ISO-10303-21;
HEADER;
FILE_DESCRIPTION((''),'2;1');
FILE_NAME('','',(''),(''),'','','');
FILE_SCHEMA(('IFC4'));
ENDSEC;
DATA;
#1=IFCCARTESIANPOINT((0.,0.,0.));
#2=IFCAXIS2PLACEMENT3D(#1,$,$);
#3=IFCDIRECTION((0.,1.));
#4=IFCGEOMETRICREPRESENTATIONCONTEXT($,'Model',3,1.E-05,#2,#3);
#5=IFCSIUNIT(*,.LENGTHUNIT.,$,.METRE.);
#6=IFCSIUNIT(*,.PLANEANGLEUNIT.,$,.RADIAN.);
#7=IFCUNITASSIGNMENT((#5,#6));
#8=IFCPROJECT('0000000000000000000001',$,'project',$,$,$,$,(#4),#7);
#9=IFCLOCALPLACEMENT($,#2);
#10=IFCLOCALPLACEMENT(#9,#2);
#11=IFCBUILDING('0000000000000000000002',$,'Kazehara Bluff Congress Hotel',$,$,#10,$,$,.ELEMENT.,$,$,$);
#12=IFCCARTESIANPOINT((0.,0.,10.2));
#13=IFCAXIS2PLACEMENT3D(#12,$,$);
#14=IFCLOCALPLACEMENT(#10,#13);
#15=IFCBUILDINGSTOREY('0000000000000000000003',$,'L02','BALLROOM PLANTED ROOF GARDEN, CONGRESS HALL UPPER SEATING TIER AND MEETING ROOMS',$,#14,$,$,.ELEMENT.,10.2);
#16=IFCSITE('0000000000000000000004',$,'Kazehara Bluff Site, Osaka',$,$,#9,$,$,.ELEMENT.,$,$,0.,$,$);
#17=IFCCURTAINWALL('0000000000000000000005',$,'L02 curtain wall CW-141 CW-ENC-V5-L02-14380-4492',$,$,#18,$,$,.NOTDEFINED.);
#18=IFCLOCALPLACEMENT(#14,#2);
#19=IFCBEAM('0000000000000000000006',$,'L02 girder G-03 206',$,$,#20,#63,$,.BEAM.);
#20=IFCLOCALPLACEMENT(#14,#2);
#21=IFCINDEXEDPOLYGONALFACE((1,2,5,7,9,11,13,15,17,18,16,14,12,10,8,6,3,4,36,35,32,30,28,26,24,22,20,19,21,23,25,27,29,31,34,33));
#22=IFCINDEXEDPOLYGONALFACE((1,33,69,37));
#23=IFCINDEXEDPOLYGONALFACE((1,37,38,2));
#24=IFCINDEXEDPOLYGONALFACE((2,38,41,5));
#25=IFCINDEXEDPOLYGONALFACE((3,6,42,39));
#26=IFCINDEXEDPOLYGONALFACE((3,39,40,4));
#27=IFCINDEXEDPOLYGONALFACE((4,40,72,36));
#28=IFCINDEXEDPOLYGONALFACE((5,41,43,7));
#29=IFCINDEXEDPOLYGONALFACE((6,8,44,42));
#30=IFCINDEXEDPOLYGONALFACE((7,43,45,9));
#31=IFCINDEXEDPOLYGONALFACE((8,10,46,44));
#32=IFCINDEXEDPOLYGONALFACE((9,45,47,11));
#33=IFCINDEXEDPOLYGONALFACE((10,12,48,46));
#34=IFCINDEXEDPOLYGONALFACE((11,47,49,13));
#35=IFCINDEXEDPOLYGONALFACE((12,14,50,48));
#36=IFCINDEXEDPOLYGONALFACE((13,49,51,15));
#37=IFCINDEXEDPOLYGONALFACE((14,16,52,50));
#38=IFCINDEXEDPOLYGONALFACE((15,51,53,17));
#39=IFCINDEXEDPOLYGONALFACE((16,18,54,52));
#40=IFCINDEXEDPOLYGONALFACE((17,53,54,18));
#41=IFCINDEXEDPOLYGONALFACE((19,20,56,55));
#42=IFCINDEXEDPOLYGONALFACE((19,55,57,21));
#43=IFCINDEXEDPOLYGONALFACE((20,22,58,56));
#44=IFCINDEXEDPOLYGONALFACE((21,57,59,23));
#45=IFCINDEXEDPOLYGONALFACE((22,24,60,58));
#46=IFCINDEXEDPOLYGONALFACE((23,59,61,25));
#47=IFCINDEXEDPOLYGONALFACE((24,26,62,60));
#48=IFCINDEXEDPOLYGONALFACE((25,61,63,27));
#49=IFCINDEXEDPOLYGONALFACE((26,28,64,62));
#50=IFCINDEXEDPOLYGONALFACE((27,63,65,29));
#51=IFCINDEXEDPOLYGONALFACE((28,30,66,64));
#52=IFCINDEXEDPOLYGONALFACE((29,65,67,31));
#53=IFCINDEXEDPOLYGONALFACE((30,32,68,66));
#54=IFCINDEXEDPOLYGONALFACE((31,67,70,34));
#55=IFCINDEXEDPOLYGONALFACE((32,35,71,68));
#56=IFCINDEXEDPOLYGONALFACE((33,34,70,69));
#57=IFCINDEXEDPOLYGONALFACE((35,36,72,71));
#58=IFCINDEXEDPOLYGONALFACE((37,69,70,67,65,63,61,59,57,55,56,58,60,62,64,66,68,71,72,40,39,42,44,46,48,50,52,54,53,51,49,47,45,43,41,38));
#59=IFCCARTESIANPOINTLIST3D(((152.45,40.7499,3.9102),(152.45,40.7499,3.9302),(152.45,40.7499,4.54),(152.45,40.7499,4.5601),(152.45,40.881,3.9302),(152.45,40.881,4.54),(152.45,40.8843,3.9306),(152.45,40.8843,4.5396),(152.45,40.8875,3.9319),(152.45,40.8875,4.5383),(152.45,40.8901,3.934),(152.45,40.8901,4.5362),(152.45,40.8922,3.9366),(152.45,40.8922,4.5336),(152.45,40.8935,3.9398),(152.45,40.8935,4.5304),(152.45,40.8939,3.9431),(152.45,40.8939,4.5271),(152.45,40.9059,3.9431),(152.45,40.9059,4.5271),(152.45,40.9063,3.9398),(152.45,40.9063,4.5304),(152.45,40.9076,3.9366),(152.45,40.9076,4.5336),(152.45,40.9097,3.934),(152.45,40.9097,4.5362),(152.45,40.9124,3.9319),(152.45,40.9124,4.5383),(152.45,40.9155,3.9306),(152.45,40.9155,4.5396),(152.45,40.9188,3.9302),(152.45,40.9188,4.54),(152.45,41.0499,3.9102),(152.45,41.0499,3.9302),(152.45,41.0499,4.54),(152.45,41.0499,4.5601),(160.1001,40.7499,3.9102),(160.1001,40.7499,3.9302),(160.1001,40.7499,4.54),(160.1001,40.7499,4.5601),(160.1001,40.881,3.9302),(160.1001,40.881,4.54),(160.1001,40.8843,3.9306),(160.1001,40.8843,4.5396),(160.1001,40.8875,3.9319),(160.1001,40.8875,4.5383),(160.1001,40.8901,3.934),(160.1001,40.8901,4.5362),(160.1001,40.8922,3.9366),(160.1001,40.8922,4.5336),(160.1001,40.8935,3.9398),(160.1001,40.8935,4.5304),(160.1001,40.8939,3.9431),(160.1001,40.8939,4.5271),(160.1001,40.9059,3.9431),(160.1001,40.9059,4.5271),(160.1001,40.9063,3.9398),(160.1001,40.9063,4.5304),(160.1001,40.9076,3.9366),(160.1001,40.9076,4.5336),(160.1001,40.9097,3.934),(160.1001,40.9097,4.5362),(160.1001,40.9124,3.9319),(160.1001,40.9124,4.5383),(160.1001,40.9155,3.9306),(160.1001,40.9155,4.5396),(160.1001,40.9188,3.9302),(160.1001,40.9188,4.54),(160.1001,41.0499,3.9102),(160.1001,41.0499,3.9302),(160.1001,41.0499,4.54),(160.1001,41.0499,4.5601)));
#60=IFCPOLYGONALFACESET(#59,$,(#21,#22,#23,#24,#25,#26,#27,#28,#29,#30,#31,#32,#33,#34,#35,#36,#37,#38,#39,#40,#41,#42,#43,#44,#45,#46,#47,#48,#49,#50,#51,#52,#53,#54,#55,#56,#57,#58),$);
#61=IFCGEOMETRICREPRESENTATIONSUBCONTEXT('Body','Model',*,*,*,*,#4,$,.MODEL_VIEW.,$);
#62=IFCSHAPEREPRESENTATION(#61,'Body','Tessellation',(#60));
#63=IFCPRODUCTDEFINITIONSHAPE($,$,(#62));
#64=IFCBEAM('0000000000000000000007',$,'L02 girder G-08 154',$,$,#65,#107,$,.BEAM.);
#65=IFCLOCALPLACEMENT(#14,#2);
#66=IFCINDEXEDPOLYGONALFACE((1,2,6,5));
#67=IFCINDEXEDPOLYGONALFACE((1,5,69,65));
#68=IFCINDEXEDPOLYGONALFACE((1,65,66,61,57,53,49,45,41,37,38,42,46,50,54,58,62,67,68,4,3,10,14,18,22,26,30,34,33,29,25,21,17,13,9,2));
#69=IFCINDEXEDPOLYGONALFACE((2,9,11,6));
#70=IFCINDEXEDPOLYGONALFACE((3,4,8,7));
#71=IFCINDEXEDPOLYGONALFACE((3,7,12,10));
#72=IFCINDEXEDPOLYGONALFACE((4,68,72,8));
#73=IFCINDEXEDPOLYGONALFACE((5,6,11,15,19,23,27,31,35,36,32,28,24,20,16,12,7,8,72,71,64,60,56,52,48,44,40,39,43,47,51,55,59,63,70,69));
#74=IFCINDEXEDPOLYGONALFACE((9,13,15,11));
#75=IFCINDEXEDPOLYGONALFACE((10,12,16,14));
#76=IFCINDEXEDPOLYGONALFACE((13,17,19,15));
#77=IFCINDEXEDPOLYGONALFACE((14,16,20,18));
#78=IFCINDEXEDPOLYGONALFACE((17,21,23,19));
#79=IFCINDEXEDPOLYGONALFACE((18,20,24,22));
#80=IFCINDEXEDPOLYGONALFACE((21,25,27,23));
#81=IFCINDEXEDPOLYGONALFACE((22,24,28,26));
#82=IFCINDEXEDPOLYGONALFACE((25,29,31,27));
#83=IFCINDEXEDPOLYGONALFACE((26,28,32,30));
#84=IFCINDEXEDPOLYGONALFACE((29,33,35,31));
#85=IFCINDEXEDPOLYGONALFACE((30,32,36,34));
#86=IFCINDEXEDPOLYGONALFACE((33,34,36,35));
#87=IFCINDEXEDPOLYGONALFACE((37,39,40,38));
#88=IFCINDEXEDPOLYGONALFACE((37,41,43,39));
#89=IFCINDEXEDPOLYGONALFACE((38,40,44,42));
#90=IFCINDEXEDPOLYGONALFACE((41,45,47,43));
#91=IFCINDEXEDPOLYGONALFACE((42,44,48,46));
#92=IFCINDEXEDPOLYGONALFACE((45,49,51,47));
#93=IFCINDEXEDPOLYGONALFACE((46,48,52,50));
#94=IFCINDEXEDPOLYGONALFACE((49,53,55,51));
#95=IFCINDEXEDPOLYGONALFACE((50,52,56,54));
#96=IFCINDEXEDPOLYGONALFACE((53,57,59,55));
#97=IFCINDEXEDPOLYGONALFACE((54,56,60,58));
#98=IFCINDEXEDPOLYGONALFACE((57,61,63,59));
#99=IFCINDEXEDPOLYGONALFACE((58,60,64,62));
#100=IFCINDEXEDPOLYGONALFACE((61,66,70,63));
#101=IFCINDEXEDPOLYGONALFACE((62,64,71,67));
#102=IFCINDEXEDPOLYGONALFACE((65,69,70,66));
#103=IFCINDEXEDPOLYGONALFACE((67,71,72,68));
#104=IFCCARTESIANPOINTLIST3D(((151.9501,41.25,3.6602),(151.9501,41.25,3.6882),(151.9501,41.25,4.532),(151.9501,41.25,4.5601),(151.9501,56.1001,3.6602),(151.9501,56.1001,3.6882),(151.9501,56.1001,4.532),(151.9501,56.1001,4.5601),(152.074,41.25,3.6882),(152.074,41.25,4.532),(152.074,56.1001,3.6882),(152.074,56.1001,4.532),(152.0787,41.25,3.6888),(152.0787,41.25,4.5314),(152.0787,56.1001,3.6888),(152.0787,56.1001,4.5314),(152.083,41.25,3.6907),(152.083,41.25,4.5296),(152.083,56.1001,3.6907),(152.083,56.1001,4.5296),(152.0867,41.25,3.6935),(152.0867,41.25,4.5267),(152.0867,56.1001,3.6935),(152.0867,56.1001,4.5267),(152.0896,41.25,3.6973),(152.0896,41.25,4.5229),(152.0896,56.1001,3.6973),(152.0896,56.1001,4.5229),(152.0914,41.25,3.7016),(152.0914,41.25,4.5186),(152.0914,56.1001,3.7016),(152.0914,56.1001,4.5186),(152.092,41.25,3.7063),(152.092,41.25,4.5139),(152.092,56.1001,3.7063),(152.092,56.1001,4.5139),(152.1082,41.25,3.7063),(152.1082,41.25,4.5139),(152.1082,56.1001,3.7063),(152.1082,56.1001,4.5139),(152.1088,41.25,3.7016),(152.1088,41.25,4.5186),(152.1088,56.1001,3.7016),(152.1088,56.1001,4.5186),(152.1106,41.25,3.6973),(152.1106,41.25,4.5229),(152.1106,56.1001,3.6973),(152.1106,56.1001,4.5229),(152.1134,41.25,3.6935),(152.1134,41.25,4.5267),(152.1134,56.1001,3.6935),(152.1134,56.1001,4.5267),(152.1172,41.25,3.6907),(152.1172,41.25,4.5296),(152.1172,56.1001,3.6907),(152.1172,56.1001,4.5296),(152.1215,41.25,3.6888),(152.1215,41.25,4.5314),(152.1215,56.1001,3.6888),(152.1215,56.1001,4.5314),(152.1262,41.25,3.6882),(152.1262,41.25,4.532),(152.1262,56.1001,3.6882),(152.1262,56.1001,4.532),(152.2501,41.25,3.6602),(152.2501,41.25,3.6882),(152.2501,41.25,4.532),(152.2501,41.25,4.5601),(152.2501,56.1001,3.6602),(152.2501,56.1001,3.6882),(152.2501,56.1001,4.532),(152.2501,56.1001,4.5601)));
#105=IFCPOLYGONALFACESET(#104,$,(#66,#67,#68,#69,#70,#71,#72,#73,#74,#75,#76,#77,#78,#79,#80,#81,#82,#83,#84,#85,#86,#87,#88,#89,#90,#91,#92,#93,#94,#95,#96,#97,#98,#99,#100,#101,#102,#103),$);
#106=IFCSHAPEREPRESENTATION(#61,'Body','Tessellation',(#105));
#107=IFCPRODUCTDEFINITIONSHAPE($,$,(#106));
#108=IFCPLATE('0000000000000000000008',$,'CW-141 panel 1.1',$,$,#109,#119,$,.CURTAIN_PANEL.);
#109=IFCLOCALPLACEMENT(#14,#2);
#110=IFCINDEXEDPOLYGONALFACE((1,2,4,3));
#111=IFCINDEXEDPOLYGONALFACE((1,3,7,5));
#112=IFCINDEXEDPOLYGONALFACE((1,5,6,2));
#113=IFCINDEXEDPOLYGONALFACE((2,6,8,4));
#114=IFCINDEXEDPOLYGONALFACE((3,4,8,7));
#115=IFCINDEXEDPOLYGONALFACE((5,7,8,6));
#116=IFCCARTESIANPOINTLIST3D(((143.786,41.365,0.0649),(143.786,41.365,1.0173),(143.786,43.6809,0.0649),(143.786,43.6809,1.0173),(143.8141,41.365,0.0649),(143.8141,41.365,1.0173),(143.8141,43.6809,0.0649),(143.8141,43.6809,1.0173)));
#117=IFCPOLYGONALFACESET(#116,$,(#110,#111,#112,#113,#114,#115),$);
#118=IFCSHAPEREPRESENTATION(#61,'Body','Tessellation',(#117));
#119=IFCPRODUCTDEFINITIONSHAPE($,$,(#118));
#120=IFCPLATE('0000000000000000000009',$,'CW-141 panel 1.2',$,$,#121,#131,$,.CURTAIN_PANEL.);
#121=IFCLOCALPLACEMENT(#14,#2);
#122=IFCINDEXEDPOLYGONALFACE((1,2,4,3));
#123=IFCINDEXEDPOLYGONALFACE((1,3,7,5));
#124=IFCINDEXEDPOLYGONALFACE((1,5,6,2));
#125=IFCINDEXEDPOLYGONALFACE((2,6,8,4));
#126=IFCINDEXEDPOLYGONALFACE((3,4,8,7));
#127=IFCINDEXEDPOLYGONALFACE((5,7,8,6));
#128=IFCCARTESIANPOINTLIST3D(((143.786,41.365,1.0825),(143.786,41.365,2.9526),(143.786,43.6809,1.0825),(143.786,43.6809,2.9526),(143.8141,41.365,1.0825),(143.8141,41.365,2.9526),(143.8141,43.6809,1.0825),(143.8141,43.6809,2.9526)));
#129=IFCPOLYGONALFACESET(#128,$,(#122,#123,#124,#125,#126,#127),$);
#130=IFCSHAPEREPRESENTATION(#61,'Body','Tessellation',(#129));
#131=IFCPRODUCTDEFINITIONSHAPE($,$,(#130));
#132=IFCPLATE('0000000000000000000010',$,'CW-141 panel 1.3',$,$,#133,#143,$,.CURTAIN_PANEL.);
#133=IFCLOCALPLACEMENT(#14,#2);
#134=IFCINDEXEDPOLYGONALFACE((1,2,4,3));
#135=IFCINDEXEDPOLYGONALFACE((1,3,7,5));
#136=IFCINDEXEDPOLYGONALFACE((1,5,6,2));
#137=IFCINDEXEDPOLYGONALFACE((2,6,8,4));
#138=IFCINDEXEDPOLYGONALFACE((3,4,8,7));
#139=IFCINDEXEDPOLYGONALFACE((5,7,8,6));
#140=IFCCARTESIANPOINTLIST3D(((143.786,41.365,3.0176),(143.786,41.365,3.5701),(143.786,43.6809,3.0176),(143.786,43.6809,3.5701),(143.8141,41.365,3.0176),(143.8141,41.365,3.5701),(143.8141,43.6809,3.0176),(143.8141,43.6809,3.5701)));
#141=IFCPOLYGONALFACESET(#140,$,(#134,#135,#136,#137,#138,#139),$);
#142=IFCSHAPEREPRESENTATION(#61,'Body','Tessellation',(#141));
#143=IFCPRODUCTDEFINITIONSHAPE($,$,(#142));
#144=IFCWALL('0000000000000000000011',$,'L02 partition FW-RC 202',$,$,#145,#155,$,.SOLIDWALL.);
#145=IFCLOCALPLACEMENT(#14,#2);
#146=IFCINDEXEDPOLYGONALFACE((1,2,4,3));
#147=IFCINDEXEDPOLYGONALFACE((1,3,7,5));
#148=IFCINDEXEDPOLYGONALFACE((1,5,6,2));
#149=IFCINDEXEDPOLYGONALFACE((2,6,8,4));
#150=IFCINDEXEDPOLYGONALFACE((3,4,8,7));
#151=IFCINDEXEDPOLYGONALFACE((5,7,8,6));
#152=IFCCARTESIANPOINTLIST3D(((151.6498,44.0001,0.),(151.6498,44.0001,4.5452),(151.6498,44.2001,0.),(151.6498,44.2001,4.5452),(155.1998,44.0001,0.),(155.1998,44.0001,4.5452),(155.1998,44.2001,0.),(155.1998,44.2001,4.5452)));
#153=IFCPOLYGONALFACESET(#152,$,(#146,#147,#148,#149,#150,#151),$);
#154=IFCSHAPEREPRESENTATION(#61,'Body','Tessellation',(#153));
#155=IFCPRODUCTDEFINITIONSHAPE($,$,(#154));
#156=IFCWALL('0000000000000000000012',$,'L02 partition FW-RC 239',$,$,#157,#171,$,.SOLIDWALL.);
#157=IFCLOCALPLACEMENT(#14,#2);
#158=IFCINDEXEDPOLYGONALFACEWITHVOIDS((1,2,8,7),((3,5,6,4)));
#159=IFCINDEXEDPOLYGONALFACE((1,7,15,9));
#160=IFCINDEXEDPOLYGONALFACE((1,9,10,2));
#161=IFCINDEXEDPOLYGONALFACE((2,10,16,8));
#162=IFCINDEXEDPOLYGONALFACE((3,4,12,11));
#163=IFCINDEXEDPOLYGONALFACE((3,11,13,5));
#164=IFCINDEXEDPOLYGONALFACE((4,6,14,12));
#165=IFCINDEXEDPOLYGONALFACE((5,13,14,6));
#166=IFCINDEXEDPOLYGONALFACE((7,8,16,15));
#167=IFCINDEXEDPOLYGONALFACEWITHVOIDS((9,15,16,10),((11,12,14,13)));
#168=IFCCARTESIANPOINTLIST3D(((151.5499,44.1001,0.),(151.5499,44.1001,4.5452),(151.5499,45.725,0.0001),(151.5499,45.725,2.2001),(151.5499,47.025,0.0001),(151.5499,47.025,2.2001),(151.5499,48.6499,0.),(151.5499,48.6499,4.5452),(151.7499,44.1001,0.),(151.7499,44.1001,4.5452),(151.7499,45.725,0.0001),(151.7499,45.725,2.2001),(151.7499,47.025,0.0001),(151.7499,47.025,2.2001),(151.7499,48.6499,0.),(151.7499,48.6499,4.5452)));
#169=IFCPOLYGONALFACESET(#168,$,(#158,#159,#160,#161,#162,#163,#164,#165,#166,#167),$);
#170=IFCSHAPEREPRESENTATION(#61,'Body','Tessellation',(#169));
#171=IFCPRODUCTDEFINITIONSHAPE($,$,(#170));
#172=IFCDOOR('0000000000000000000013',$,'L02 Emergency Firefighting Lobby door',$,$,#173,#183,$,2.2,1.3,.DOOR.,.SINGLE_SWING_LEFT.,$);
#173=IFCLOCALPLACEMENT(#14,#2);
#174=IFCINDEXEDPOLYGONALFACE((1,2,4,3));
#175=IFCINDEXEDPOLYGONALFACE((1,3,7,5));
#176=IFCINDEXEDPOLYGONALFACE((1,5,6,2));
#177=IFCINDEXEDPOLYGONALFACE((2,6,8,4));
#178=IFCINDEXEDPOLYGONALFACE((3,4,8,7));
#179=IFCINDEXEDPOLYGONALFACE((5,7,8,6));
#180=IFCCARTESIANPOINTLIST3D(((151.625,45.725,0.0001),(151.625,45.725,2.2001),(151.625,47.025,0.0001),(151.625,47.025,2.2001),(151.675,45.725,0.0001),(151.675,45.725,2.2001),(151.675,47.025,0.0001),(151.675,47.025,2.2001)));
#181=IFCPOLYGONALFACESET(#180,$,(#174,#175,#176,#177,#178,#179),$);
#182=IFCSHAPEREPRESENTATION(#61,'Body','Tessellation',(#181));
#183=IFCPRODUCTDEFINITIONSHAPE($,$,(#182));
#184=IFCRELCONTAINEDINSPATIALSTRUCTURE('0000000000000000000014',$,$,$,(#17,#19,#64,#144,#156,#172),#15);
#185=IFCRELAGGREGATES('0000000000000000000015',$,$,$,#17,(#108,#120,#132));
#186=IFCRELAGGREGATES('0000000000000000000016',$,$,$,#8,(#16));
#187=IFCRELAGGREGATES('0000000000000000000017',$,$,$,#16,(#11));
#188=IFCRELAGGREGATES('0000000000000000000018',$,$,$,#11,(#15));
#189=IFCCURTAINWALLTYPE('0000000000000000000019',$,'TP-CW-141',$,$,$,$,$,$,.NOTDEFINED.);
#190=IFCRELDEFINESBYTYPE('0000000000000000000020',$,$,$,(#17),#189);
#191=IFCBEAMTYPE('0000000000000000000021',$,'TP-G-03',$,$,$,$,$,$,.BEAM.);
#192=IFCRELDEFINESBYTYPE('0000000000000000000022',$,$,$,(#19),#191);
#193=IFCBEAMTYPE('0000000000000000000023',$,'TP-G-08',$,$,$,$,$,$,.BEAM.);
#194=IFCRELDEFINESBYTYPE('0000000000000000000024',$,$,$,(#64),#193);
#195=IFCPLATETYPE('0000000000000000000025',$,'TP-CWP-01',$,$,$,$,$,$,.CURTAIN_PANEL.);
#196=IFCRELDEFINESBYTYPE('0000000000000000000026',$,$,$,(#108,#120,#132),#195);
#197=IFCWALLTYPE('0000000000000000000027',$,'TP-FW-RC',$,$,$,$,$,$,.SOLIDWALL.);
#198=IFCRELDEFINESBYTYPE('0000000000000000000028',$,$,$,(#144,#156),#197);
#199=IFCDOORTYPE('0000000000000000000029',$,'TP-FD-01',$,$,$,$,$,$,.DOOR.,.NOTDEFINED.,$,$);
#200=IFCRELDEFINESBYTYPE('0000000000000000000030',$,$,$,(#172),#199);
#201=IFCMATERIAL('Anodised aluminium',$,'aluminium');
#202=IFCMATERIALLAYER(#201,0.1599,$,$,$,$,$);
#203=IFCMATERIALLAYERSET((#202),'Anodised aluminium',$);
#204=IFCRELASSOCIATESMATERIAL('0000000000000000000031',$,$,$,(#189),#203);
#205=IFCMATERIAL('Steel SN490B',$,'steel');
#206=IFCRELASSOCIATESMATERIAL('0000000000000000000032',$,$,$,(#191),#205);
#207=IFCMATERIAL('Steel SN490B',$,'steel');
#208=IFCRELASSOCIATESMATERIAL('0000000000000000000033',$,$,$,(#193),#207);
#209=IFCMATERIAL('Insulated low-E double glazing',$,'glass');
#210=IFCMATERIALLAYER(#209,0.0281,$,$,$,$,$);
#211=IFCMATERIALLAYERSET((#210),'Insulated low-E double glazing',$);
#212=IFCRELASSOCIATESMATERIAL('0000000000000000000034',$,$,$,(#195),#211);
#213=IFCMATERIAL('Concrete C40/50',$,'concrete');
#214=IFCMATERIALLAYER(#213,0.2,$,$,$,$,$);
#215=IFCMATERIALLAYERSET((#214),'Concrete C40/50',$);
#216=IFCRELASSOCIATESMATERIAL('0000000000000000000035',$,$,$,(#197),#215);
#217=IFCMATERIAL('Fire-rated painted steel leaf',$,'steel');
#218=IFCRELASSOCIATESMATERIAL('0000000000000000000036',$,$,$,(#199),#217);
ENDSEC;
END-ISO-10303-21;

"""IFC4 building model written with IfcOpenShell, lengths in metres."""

from ifc_helpers import new_model, si_unit, direction, frame, frame_2d, origin, origin_2d, place, context, subcontext, project, spatial, rectangle, i_section, extrude, material, layer, layer_set, material_profile, profile_set, type_object, element, fill, aggregate, save


model = new_model("IFC4")

# Units and contexts
model_context = context("Model", 3, precision=1e-05, world=origin(), true_north=direction((0.0, 1.0)))
body_context = subcontext(model_context, "Body", "Model", "MODEL_VIEW")
ifc_project = project(units=[si_unit("LENGTHUNIT", "METRE"), si_unit("PLANEANGLEUNIT", "RADIAN")], contexts=[model_context])

# Site, building, storey
site_placement = place(None, origin())
site = spatial("IfcSite", under=ifc_project, at=site_placement, Name="Kazehara Bluff Site, Osaka", CompositionType="ELEMENT", RefElevation=0.0)
building_placement = place(site_placement, origin())
building = spatial("IfcBuilding", under=site, at=building_placement, Name="Kazehara Bluff Congress Hotel", CompositionType="ELEMENT")
storey_placement = place(building_placement, frame((0.0, 0.0, 10.2)))
storey = spatial("IfcBuildingStorey", under=building, at=storey_placement, Name="L02", Description="BALLROOM PLANTED ROOF GARDEN, CONGRESS HALL UPPER SEATING TIER AND MEETING ROOMS", CompositionType="ELEMENT", Elevation=10.2)

# Curtain wall
ifc_material_1 = material(Name="Anodised aluminium", Category="aluminium")
ifc_layer_1 = layer(ifc_material_1, 0.1599)
ifc_layer_set_1 = layer_set([ifc_layer_1], Name="Anodised aluminium")
curtain_wall_type = type_object("IfcCurtainWallType", Name="TP-CW-141", PredefinedType="NOTDEFINED", material=ifc_layer_set_1)
curtain_wall_placement = place(storey_placement, origin())
curtain_wall = element("IfcCurtainWall", 1, at=curtain_wall_placement, inside=storey, type_object=curtain_wall_type, Name="L02 curtain wall CW-141 CW-ENC-V5-L02-14380-4492", PredefinedType="NOTDEFINED")

# Beams
ifc_material_2 = material(Name="Steel SN490B", Category="steel")
ifc_material_profile_1 = material_profile(ifc_material_2, i_section(OverallWidth=0.3, OverallDepth=0.6499, WebThickness=0.012, FlangeThickness=0.02, FilletRadius=0.0129, at=origin_2d()))
ifc_profile_set_1 = profile_set([ifc_material_profile_1], Name="Steel SN490B")
beam_type_1 = type_object("IfcBeamType", Name="TP-G-03", PredefinedType="BEAM", material=ifc_profile_set_1)
beam_1_placement = place(storey_placement, frame((152.45, 40.8999, 4.2351), z_axis=(1.0, 0.0, 0.0), x_axis=(0.0, 1.0, 0.0)))
element("IfcBeam", 2, at=beam_1_placement, inside=storey, type_object=beam_type_1, Name="L02 girder G-03 206", PredefinedType="BEAM", context=body_context, shape_type="SweptSolid", body=[
    extrude(i_section(OverallWidth=0.3, OverallDepth=0.6499, WebThickness=0.012, FlangeThickness=0.02, FilletRadius=0.0129, at=origin_2d()), origin(), (0.0, 0.0, 1.0), 7.6501),
])
ifc_material_3 = material(Name="Steel SN490B", Category="steel")
ifc_material_profile_2 = material_profile(ifc_material_3, i_section(OverallWidth=0.3, OverallDepth=0.8999, WebThickness=0.0161, FlangeThickness=0.0281, FilletRadius=0.0181, at=origin_2d()))
ifc_profile_set_2 = profile_set([ifc_material_profile_2], Name="Steel SN490B")
beam_type_2 = type_object("IfcBeamType", Name="TP-G-08", PredefinedType="BEAM", material=ifc_profile_set_2)
beam_2_placement = place(storey_placement, frame((152.1001, 41.25, 4.1101), z_axis=(0.0, 1.0, 0.0), x_axis=(-1.0, 0.0, 0.0)))
element("IfcBeam", 3, at=beam_2_placement, inside=storey, type_object=beam_type_2, Name="L02 girder G-08 154", PredefinedType="BEAM", context=body_context, shape_type="SweptSolid", body=[
    extrude(i_section(OverallWidth=0.3, OverallDepth=0.8999, WebThickness=0.0161, FlangeThickness=0.0281, FilletRadius=0.0181, at=origin_2d()), origin(), (0.0, 0.0, 1.0), 14.8501),
])

# Plates
ifc_material_4 = material(Name="Insulated low-E double glazing", Category="glass")
ifc_layer_2 = layer(ifc_material_4, 0.0281)
ifc_layer_set_2 = layer_set([ifc_layer_2], Name="Insulated low-E double glazing")
plate_type = type_object("IfcPlateType", Name="TP-CWP-01", PredefinedType="CURTAIN_PANEL", material=ifc_layer_set_2)
plate_1_placement = place(storey_placement, frame((143.8, 42.5229, 0.0649), z_axis=(0.0, 0.0, 1.0), x_axis=(0.0, 1.0, 0.0)))
plate_1 = element("IfcPlate", 4, at=plate_1_placement, type_object=plate_type, Name="CW-141 panel 1.1", PredefinedType="CURTAIN_PANEL", context=body_context, shape_type="SweptSolid", body=[
    extrude(rectangle(XDim=2.3159, YDim=0.0281, at=origin_2d()), origin(), (0.0, 0.0, 1.0), 0.9524),
])
plate_2_placement = place(storey_placement, frame((143.8, 42.5229, 1.0825), z_axis=(0.0, 0.0, 1.0), x_axis=(0.0, 1.0, 0.0)))
plate_2 = element("IfcPlate", 5, at=plate_2_placement, type_object=plate_type, Name="CW-141 panel 1.2", PredefinedType="CURTAIN_PANEL", context=body_context, shape_type="SweptSolid", body=[
    extrude(rectangle(XDim=2.3159, YDim=0.0281, at=origin_2d()), origin(), (0.0, 0.0, 1.0), 1.8701),
])
plate_3_placement = place(storey_placement, frame((143.8, 42.5229, 3.0176), z_axis=(0.0, 0.0, 1.0), x_axis=(0.0, 1.0, 0.0)))
plate_3 = element("IfcPlate", 6, at=plate_3_placement, type_object=plate_type, Name="CW-141 panel 1.3", PredefinedType="CURTAIN_PANEL", context=body_context, shape_type="SweptSolid", body=[
    extrude(rectangle(XDim=2.3159, YDim=0.0281, at=origin_2d()), origin(), (0.0, 0.0, 1.0), 0.5525),
])
aggregate(curtain_wall, [plate_1, plate_2, plate_3])

# Wall
ifc_material_5 = material(Name="Concrete C40/50", Category="concrete")
ifc_layer_3 = layer(ifc_material_5, 0.2)
ifc_layer_set_3 = layer_set([ifc_layer_3], Name="Concrete C40/50")
wall_type_1 = type_object("IfcWallType", Name="TP-FW-RC", PredefinedType="SOLIDWALL", material=ifc_layer_set_3)
wall_1_placement = place(storey_placement, frame((151.6499, 44.1001, 0.0), z_axis=(0.0, 0.0, 1.0), x_axis=(1.0, 0.0, 0.0)))
element("IfcWall", 7, at=wall_1_placement, inside=storey, type_object=wall_type_1, Name="L02 partition FW-RC 202", PredefinedType="SOLIDWALL", context=body_context, shape_type="SweptSolid", body=[
    extrude(rectangle(XDim=3.55, YDim=0.2, at=frame_2d((1.7749, 0.0))), origin(), (0.0, 0.0, 1.0), 4.5452),
])

# Wall, opening, door
wall_2_placement = place(storey_placement, frame((151.6499, 44.1001, 0.0), z_axis=(0.0, 0.0, 1.0), x_axis=(0.0, 1.0, 0.0)))
wall_2 = element("IfcWall", 8, at=wall_2_placement, inside=storey, type_object=wall_type_1, Name="L02 partition FW-RC 239", PredefinedType="SOLIDWALL", context=body_context, shape_type="SweptSolid", body=[
    extrude(rectangle(XDim=4.5498, YDim=0.2, at=frame_2d((2.2749, 0.0))), origin(), (0.0, 0.0, 1.0), 4.5452),
])
opening_1_placement = place(wall_2_placement, frame((1.625, 0.0, 0.0)))
opening_1 = element("IfcOpeningElement", 9, at=opening_1_placement, cuts=wall_2, PredefinedType="OPENING", context=body_context, shape_type="SweptSolid", body=[
    extrude(rectangle(XDim=1.3, YDim=2.2, at=frame_2d((0.6499, 1.1001))), frame((0.0, 0.1099, 0.0), z_axis=(0.0, -1.0, 0.0), x_axis=(1.0, 0.0, 0.0)), (0.0, 0.0, 1.0), 0.22),
])
ifc_material_6 = material(Name="Fire-rated painted steel leaf", Category="steel")
door_type_1 = type_object("IfcDoorType", Name="TP-FD-01", OperationType="NOTDEFINED", PredefinedType="DOOR", material=ifc_material_6)
door_1_placement = place(opening_1_placement, origin())
door_1 = element("IfcDoor", 10, at=door_1_placement, inside=storey, type_object=door_type_1, Name="L02 Emergency Firefighting Lobby door", OperationType="SINGLE_SWING_LEFT", OverallHeight=2.2, OverallWidth=1.3, PredefinedType="DOOR", context=body_context, shape_type="SweptSolid", body=[
    extrude(rectangle(XDim=1.3, YDim=2.2, at=frame_2d((0.6499, 1.1001))), frame((0.0, 0.0249, 0.0), z_axis=(0.0, -1.0, 0.0), x_axis=(1.0, 0.0, 0.0)), (0.0, 0.0, 1.0), 0.05),
])
fill(opening_1, door_1)

save(model, "model.ifc")
